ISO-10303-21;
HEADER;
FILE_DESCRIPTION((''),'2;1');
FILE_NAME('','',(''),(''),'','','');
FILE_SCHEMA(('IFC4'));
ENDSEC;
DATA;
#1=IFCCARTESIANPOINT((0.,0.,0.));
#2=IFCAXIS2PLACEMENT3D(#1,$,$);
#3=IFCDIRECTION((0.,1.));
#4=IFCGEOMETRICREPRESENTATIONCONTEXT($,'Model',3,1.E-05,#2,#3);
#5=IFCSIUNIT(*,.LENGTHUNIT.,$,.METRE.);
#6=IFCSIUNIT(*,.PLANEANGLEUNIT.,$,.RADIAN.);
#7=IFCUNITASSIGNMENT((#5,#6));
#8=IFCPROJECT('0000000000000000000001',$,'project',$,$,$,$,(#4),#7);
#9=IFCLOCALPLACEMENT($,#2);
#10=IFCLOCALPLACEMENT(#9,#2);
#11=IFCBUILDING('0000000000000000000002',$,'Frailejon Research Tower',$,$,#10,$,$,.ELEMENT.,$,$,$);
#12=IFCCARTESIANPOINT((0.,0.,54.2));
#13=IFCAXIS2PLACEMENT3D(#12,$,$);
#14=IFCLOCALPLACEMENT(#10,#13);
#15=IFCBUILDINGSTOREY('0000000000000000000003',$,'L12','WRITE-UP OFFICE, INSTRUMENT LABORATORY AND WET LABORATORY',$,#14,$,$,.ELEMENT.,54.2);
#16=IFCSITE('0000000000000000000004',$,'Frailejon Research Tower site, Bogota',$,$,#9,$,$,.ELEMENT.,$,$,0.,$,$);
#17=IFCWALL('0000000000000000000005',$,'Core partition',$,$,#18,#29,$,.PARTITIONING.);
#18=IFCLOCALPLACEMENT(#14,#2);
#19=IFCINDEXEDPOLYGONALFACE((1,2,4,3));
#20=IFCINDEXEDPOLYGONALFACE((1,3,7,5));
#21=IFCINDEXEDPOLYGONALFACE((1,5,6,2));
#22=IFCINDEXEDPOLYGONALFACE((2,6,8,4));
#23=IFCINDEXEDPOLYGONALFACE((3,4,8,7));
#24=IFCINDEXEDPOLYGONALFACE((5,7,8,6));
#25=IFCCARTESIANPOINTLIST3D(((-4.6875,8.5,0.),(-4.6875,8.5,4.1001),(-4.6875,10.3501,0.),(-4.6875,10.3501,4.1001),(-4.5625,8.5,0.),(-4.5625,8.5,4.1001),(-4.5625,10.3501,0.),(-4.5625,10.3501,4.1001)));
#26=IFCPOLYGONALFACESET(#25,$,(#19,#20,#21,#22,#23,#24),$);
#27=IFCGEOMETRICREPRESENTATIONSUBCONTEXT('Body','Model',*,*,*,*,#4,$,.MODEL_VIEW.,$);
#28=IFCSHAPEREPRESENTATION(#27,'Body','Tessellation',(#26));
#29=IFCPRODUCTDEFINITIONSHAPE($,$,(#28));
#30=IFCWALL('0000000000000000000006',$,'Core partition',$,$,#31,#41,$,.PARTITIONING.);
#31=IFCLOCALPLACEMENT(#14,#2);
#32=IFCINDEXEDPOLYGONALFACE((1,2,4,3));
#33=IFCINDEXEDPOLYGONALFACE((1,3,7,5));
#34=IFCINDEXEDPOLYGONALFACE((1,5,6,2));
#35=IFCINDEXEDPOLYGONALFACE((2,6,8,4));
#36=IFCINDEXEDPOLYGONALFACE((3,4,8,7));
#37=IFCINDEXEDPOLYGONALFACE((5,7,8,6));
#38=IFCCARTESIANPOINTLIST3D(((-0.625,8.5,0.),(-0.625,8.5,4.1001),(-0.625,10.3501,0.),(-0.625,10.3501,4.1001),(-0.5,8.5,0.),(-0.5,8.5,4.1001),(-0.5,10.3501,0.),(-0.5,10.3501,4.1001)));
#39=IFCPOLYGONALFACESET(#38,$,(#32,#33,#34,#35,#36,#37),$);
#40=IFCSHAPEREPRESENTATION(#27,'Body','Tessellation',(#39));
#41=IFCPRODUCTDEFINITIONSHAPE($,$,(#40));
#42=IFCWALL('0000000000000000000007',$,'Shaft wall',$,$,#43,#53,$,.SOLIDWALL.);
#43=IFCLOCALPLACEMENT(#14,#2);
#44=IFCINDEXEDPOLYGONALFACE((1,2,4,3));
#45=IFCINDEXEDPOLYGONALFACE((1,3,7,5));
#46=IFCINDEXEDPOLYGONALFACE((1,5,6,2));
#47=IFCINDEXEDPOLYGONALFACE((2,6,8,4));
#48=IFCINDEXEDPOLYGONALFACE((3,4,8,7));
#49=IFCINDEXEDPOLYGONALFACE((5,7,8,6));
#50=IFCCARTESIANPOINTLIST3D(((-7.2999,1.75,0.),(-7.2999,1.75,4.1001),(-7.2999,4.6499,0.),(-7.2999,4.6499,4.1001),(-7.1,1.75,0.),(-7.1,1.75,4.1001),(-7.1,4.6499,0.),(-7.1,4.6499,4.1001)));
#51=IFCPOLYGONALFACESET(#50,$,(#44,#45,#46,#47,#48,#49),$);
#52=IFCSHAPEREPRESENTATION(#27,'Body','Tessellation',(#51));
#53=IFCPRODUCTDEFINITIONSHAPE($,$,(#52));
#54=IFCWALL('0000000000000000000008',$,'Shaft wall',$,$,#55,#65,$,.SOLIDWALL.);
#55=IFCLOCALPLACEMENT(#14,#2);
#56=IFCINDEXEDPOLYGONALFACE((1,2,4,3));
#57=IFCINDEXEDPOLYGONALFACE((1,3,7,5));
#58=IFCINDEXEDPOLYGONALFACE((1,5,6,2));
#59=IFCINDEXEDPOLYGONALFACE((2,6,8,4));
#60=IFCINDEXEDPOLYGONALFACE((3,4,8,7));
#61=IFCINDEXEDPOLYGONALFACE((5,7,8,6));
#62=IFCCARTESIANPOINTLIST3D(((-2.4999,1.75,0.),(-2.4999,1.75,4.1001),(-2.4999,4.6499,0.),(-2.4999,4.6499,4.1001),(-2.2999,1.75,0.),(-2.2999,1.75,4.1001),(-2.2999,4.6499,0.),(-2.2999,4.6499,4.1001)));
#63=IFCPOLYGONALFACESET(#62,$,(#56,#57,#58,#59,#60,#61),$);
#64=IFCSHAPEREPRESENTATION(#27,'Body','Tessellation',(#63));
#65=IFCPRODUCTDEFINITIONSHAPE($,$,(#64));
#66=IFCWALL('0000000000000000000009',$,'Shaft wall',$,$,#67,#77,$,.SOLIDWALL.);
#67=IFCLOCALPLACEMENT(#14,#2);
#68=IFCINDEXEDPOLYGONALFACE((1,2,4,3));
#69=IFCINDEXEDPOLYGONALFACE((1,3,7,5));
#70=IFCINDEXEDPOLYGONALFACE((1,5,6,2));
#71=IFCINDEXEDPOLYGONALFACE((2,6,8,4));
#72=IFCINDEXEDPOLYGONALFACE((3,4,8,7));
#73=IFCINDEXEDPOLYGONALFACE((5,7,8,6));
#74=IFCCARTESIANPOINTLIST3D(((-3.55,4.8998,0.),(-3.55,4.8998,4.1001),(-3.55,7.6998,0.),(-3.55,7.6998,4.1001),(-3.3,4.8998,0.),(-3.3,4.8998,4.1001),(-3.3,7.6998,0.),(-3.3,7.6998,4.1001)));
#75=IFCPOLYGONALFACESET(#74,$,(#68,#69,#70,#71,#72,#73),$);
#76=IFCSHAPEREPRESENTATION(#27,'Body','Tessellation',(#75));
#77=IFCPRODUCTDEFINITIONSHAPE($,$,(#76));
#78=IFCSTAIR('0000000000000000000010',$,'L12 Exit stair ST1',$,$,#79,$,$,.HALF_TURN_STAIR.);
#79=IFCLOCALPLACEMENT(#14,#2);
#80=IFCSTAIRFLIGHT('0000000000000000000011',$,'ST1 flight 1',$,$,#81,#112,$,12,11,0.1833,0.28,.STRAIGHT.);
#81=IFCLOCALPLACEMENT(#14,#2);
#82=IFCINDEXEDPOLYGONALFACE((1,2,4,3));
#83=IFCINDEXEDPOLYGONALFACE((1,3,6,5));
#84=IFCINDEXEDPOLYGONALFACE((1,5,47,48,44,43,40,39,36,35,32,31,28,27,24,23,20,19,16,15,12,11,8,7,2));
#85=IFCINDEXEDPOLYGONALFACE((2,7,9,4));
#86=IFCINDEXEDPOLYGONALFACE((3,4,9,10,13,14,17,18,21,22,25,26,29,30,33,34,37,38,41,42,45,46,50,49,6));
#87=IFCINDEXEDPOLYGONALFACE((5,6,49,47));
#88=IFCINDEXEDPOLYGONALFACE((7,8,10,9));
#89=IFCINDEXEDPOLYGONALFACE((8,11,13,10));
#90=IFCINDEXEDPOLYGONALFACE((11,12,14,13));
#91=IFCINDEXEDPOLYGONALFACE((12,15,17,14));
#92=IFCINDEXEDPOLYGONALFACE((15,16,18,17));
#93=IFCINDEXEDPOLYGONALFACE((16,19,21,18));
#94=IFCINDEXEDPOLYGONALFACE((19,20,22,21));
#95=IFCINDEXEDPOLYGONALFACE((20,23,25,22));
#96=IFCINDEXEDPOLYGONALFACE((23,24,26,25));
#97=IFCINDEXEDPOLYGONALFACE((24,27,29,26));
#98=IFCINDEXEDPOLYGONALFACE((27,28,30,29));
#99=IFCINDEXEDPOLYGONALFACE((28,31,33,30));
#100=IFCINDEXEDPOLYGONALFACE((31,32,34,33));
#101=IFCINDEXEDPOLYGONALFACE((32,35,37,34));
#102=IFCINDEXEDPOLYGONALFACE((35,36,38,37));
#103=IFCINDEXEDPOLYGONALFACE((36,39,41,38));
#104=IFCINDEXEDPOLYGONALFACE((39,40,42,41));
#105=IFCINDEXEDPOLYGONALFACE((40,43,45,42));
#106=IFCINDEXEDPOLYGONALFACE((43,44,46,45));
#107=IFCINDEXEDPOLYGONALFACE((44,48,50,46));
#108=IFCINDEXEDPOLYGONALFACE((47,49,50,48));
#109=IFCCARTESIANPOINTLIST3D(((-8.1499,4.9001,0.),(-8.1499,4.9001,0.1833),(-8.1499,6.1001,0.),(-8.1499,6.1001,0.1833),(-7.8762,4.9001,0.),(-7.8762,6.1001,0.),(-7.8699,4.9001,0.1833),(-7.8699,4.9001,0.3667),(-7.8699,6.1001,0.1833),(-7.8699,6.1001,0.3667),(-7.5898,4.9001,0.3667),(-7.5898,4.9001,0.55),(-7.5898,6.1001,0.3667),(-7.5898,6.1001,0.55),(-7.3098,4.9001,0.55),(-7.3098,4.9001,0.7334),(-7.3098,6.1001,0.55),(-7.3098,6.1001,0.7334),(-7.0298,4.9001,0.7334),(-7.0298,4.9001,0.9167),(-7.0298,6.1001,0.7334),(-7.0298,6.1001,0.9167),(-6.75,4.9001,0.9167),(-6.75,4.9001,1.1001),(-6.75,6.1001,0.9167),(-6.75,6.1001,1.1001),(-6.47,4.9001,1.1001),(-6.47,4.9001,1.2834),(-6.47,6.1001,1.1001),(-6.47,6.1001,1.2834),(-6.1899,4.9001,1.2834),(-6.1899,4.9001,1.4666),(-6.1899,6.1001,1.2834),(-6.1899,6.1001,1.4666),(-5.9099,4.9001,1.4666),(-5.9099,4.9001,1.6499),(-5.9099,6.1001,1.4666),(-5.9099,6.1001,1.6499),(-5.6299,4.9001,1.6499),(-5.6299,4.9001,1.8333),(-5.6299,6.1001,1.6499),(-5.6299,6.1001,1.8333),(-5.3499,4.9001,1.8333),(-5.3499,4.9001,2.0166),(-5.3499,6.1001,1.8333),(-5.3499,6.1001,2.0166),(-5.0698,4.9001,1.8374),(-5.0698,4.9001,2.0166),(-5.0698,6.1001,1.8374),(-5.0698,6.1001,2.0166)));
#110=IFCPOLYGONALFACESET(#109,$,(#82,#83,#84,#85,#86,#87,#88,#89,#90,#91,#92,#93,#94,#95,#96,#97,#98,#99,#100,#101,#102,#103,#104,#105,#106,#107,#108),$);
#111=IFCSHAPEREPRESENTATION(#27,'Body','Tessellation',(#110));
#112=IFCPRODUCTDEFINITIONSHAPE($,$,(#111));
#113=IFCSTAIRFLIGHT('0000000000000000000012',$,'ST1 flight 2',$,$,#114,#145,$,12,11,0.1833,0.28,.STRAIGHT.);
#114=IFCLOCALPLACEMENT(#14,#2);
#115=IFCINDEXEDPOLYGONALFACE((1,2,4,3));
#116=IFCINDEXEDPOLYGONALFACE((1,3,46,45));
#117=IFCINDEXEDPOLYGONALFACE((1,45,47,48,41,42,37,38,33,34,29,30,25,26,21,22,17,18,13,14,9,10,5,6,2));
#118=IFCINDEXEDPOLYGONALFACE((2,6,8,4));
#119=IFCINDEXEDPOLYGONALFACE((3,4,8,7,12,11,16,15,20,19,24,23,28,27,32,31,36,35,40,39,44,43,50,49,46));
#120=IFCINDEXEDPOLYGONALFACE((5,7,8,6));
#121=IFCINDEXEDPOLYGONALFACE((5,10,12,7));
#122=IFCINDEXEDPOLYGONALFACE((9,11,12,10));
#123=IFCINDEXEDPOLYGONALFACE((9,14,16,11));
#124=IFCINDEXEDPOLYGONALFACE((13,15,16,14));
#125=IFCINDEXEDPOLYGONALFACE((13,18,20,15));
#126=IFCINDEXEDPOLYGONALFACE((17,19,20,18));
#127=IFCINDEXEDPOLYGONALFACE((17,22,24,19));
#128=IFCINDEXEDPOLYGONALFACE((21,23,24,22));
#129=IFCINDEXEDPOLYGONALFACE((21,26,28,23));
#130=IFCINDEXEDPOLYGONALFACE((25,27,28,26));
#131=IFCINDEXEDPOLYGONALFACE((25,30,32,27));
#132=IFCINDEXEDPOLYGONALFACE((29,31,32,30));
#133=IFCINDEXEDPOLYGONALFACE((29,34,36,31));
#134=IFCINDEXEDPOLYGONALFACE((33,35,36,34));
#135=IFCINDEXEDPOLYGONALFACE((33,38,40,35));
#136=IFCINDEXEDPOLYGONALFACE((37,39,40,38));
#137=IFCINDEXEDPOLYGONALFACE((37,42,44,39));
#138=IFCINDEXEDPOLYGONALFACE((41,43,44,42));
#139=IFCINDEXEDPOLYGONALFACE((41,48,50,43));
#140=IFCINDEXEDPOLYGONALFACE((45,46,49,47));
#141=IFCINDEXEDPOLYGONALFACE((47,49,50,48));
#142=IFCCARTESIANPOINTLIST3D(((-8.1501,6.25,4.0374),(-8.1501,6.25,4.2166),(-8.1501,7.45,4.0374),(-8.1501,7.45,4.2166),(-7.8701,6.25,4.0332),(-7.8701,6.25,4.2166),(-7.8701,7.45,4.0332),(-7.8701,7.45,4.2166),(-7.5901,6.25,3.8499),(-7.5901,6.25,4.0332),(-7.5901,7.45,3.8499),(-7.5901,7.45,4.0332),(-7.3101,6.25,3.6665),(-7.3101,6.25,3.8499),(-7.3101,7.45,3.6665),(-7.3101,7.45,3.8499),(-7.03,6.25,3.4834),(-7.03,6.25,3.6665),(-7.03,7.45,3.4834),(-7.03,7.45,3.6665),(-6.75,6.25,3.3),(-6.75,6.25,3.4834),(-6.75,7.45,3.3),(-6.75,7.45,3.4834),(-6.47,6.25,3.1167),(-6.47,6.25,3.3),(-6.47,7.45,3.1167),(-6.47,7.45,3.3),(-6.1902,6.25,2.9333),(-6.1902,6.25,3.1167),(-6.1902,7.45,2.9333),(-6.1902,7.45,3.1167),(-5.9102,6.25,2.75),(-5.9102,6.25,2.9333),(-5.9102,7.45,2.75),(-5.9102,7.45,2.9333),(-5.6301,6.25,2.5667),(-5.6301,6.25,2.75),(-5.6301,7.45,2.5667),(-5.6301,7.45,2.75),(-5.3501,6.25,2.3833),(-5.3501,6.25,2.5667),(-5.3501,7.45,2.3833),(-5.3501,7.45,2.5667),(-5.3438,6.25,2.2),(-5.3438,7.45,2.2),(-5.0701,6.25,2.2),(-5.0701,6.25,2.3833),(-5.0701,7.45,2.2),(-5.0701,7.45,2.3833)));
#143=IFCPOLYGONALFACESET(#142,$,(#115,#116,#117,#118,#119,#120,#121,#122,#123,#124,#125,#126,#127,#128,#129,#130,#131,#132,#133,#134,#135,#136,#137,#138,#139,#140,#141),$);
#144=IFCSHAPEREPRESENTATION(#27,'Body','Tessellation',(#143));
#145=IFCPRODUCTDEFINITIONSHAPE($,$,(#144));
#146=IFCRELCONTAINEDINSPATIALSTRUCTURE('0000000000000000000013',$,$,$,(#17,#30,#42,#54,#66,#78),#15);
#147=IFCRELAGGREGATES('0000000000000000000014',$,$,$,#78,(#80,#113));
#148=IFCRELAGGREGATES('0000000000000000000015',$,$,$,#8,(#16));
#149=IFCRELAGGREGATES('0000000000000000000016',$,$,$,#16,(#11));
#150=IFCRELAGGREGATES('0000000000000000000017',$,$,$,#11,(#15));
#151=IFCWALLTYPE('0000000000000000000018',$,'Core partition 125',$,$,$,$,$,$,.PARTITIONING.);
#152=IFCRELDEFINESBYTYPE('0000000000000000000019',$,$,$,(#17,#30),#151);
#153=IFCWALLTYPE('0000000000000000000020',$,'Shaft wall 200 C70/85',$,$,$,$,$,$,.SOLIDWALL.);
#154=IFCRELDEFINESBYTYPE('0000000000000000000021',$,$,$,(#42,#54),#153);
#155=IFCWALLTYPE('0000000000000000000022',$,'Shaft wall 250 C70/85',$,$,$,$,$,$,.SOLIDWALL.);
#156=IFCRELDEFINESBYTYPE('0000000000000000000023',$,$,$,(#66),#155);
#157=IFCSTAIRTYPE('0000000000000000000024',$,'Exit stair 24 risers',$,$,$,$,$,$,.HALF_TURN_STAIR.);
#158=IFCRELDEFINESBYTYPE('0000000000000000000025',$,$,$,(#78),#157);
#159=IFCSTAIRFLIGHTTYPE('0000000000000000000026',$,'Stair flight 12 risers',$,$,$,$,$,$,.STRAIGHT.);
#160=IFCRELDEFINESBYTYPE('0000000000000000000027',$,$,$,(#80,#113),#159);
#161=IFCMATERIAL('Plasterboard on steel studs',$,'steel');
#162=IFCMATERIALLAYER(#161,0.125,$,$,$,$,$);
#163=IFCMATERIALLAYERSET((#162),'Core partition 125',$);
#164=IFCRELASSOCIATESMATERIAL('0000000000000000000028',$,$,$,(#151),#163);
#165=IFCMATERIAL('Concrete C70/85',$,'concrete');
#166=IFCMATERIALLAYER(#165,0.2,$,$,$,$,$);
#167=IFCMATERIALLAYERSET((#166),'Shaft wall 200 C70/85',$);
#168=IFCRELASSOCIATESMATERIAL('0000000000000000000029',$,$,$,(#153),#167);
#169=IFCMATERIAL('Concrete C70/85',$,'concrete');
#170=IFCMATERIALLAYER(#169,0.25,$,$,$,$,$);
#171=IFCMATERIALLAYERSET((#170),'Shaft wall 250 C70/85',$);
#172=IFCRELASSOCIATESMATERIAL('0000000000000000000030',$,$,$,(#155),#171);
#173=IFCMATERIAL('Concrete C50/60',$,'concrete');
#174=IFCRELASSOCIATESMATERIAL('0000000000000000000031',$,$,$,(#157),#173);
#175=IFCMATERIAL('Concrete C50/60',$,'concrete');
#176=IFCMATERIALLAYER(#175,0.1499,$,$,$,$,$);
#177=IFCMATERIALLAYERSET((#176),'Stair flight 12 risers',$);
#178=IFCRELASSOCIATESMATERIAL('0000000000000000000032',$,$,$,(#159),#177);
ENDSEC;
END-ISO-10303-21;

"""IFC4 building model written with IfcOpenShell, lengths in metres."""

from ifc_helpers import new_model, si_unit, direction, frame, frame_2d, origin, place, context, subcontext, project, spatial, polyline, rectangle, outline, extrude, material, layer, layer_set, type_object, element, aggregate, save


model = new_model("IFC4")

# Units and contexts
model_context = context("Model", 3, precision=1e-05, world=origin(), true_north=direction((0.0, 1.0)))
body_context = subcontext(model_context, "Body", "Model", "MODEL_VIEW")
ifc_project = project(units=[si_unit("LENGTHUNIT", "METRE"), si_unit("PLANEANGLEUNIT", "RADIAN")], contexts=[model_context])

# Site, building, storey
site_placement = place(None, origin())
site = spatial("IfcSite", under=ifc_project, at=site_placement, Name="Frailejon Research Tower site, Bogota", CompositionType="ELEMENT", RefElevation=0.0)
building_placement = place(site_placement, origin())
building = spatial("IfcBuilding", under=site, at=building_placement, Name="Frailejon Research Tower", CompositionType="ELEMENT")
storey_placement = place(building_placement, frame((0.0, 0.0, 54.2)))
storey = spatial("IfcBuildingStorey", under=building, at=storey_placement, Name="L12", Description="WRITE-UP OFFICE, INSTRUMENT LABORATORY AND WET LABORATORY", CompositionType="ELEMENT", Elevation=54.2)

# Walls
ifc_material_1 = material(Name="Plasterboard on steel studs", Category="steel")
ifc_layer_1 = layer(ifc_material_1, 0.125)
ifc_layer_set_1 = layer_set([ifc_layer_1], Name="Core partition 125")
wall_type_1 = type_object("IfcWallType", Name="Core partition 125", PredefinedType="PARTITIONING", material=ifc_layer_set_1)
for number, where, z_axis, x_axis, name in (
    (1, (-4.625, 8.5, 0.0), (0.0, 0.0, 1.0), (0.0, 1.0, 0.0), "Core partition"),
    (2, (-0.5625, 8.5, 0.0), (0.0, 0.0, 1.0), (0.0, 1.0, 0.0), "Core partition"),
):
    element("IfcWall", number, at=place(storey_placement, frame(where, z_axis=z_axis, x_axis=x_axis)), inside=storey, type_object=wall_type_1, Name=name, PredefinedType="PARTITIONING", context=body_context, shape_type="SweptSolid", body=[
        extrude(rectangle(XDim=1.8501, YDim=0.125, at=frame_2d((0.925, 0.0))), origin(), (0.0, 0.0, 1.0), 4.1001),
    ])
ifc_material_2 = material(Name="Concrete C70/85", Category="concrete")
ifc_layer_2 = layer(ifc_material_2, 0.2)
ifc_layer_set_2 = layer_set([ifc_layer_2], Name="Shaft wall 200 C70/85")
wall_type_2 = type_object("IfcWallType", Name="Shaft wall 200 C70/85", PredefinedType="SOLIDWALL", material=ifc_layer_set_2)
for number, where, z_axis, x_axis, name in (
    (3, (-7.2, 1.75, 0.0), (0.0, 0.0, 1.0), (0.0, 1.0, 0.0), "Shaft wall"),
    (4, (-2.3999, 1.75, 0.0), (0.0, 0.0, 1.0), (0.0, 1.0, 0.0), "Shaft wall"),
):
    element("IfcWall", number, at=place(storey_placement, frame(where, z_axis=z_axis, x_axis=x_axis)), inside=storey, type_object=wall_type_2, Name=name, PredefinedType="SOLIDWALL", context=body_context, shape_type="SweptSolid", body=[
        extrude(rectangle(XDim=2.8999, YDim=0.2, at=frame_2d((1.45, 0.0))), origin(), (0.0, 0.0, 1.0), 4.1001),
    ])
ifc_material_3 = material(Name="Concrete C70/85", Category="concrete")
ifc_layer_3 = layer(ifc_material_3, 0.25)
ifc_layer_set_3 = layer_set([ifc_layer_3], Name="Shaft wall 250 C70/85")
wall_type_3 = type_object("IfcWallType", Name="Shaft wall 250 C70/85", PredefinedType="SOLIDWALL", material=ifc_layer_set_3)
wall_placement = place(storey_placement, frame((-3.425, 4.8999, 0.0), z_axis=(0.0, 0.0, 1.0), x_axis=(0.0, 1.0, 0.0)))
element("IfcWall", 5, at=wall_placement, inside=storey, type_object=wall_type_3, Name="Shaft wall", PredefinedType="SOLIDWALL", context=body_context, shape_type="SweptSolid", body=[
    extrude(rectangle(XDim=2.8, YDim=0.25, at=frame_2d((1.3999, 0.0))), origin(), (0.0, 0.0, 1.0), 4.1001),
])

# Stair, stair flights
ifc_material_4 = material(Name="Concrete C50/60", Category="concrete")
stair_type = type_object("IfcStairType", Name="Exit stair 24 risers", PredefinedType="HALF_TURN_STAIR", material=ifc_material_4)
stair_placement = place(storey_placement, origin())
stair = element("IfcStair", 6, at=stair_placement, inside=storey, type_object=stair_type, Name="L12 Exit stair ST1", PredefinedType="HALF_TURN_STAIR")
ifc_material_5 = material(Name="Concrete C50/60", Category="concrete")
ifc_layer_4 = layer(ifc_material_5, 0.1499)
ifc_layer_set_4 = layer_set([ifc_layer_4], Name="Stair flight 12 risers")
stair_flight_type = type_object("IfcStairFlightType", Name="Stair flight 12 risers", PredefinedType="STRAIGHT", material=ifc_layer_set_4)
stair_flight_1_placement = place(storey_placement, frame((-8.1499, 5.5, 0.0), z_axis=(0.0, 0.0, 1.0), x_axis=(1.0, 0.0, 0.0)))
stair_flight_1 = element("IfcStairFlight", 7, at=stair_flight_1_placement, type_object=stair_flight_type, Name="ST1 flight 1", NumberOfRisers=12, NumberOfTreads=11, PredefinedType="STRAIGHT", RiserHeight=0.1833, TreadLength=0.28, context=body_context, shape_type="SweptSolid", body=[
    extrude(outline(polyline([(0.0, 0.0), (0.0, 0.1833), (0.28, 0.1833), (0.28, 0.3667), (0.5601, 0.3667), (0.5601, 0.55), (0.8401, 0.55), (0.8401, 0.7334), (1.1201, 0.7334), (1.1201, 0.9167), (1.3999, 0.9167), (1.3999, 1.1001), (1.6799, 1.1001), (1.6799, 1.2834), (1.96, 1.2834), (1.96, 1.4666), (2.24, 1.4666), (2.24, 1.6499), (2.52, 1.6499), (2.52, 1.8333), (2.8, 1.8333), (2.8, 2.0166), (3.0801, 2.0166), (3.0801, 2.2), (3.0801, 1.8374), (0.2737, 0.0), (0.0, 0.0)])), frame((0.0, 0.6001, 0.0), z_axis=(0.0, -1.0, 0.0), x_axis=(1.0, 0.0, 0.0)), (0.0, 0.0, 1.0), 1.2),
])
stair_flight_2_placement = place(storey_placement, frame((-5.0701, 6.8501, 2.2), z_axis=(0.0, 0.0, 1.0), x_axis=(-1.0, 0.0, 0.0)))
stair_flight_2 = element("IfcStairFlight", 8, at=stair_flight_2_placement, type_object=stair_flight_type, Name="ST1 flight 2", NumberOfRisers=12, NumberOfTreads=11, PredefinedType="STRAIGHT", RiserHeight=0.1833, TreadLength=0.28, context=body_context, shape_type="SweptSolid", body=[
    extrude(outline(polyline([(0.0, 0.0), (0.0, 0.1833), (0.28, 0.1833), (0.28, 0.3667), (0.5601, 0.3667), (0.5601, 0.55), (0.8401, 0.55), (0.8401, 0.7334), (1.1201, 0.7334), (1.1201, 0.9167), (1.3999, 0.9167), (1.3999, 1.1001), (1.6799, 1.1001), (1.6799, 1.2834), (1.96, 1.2834), (1.96, 1.4666), (2.24, 1.4666), (2.24, 1.6499), (2.52, 1.6499), (2.52, 1.8333), (2.8, 1.8333), (2.8, 2.0166), (3.0801, 2.0166), (3.0801, 2.2), (3.0801, 1.8374), (0.2737, 0.0), (0.0, 0.0)])), frame((0.0, 0.6001, 0.0), z_axis=(0.0, -1.0, 0.0), x_axis=(1.0, 0.0, 0.0)), (0.0, 0.0, 1.0), 1.2),
])
aggregate(stair, [stair_flight_1, stair_flight_2])

save(model, "model.ifc")
